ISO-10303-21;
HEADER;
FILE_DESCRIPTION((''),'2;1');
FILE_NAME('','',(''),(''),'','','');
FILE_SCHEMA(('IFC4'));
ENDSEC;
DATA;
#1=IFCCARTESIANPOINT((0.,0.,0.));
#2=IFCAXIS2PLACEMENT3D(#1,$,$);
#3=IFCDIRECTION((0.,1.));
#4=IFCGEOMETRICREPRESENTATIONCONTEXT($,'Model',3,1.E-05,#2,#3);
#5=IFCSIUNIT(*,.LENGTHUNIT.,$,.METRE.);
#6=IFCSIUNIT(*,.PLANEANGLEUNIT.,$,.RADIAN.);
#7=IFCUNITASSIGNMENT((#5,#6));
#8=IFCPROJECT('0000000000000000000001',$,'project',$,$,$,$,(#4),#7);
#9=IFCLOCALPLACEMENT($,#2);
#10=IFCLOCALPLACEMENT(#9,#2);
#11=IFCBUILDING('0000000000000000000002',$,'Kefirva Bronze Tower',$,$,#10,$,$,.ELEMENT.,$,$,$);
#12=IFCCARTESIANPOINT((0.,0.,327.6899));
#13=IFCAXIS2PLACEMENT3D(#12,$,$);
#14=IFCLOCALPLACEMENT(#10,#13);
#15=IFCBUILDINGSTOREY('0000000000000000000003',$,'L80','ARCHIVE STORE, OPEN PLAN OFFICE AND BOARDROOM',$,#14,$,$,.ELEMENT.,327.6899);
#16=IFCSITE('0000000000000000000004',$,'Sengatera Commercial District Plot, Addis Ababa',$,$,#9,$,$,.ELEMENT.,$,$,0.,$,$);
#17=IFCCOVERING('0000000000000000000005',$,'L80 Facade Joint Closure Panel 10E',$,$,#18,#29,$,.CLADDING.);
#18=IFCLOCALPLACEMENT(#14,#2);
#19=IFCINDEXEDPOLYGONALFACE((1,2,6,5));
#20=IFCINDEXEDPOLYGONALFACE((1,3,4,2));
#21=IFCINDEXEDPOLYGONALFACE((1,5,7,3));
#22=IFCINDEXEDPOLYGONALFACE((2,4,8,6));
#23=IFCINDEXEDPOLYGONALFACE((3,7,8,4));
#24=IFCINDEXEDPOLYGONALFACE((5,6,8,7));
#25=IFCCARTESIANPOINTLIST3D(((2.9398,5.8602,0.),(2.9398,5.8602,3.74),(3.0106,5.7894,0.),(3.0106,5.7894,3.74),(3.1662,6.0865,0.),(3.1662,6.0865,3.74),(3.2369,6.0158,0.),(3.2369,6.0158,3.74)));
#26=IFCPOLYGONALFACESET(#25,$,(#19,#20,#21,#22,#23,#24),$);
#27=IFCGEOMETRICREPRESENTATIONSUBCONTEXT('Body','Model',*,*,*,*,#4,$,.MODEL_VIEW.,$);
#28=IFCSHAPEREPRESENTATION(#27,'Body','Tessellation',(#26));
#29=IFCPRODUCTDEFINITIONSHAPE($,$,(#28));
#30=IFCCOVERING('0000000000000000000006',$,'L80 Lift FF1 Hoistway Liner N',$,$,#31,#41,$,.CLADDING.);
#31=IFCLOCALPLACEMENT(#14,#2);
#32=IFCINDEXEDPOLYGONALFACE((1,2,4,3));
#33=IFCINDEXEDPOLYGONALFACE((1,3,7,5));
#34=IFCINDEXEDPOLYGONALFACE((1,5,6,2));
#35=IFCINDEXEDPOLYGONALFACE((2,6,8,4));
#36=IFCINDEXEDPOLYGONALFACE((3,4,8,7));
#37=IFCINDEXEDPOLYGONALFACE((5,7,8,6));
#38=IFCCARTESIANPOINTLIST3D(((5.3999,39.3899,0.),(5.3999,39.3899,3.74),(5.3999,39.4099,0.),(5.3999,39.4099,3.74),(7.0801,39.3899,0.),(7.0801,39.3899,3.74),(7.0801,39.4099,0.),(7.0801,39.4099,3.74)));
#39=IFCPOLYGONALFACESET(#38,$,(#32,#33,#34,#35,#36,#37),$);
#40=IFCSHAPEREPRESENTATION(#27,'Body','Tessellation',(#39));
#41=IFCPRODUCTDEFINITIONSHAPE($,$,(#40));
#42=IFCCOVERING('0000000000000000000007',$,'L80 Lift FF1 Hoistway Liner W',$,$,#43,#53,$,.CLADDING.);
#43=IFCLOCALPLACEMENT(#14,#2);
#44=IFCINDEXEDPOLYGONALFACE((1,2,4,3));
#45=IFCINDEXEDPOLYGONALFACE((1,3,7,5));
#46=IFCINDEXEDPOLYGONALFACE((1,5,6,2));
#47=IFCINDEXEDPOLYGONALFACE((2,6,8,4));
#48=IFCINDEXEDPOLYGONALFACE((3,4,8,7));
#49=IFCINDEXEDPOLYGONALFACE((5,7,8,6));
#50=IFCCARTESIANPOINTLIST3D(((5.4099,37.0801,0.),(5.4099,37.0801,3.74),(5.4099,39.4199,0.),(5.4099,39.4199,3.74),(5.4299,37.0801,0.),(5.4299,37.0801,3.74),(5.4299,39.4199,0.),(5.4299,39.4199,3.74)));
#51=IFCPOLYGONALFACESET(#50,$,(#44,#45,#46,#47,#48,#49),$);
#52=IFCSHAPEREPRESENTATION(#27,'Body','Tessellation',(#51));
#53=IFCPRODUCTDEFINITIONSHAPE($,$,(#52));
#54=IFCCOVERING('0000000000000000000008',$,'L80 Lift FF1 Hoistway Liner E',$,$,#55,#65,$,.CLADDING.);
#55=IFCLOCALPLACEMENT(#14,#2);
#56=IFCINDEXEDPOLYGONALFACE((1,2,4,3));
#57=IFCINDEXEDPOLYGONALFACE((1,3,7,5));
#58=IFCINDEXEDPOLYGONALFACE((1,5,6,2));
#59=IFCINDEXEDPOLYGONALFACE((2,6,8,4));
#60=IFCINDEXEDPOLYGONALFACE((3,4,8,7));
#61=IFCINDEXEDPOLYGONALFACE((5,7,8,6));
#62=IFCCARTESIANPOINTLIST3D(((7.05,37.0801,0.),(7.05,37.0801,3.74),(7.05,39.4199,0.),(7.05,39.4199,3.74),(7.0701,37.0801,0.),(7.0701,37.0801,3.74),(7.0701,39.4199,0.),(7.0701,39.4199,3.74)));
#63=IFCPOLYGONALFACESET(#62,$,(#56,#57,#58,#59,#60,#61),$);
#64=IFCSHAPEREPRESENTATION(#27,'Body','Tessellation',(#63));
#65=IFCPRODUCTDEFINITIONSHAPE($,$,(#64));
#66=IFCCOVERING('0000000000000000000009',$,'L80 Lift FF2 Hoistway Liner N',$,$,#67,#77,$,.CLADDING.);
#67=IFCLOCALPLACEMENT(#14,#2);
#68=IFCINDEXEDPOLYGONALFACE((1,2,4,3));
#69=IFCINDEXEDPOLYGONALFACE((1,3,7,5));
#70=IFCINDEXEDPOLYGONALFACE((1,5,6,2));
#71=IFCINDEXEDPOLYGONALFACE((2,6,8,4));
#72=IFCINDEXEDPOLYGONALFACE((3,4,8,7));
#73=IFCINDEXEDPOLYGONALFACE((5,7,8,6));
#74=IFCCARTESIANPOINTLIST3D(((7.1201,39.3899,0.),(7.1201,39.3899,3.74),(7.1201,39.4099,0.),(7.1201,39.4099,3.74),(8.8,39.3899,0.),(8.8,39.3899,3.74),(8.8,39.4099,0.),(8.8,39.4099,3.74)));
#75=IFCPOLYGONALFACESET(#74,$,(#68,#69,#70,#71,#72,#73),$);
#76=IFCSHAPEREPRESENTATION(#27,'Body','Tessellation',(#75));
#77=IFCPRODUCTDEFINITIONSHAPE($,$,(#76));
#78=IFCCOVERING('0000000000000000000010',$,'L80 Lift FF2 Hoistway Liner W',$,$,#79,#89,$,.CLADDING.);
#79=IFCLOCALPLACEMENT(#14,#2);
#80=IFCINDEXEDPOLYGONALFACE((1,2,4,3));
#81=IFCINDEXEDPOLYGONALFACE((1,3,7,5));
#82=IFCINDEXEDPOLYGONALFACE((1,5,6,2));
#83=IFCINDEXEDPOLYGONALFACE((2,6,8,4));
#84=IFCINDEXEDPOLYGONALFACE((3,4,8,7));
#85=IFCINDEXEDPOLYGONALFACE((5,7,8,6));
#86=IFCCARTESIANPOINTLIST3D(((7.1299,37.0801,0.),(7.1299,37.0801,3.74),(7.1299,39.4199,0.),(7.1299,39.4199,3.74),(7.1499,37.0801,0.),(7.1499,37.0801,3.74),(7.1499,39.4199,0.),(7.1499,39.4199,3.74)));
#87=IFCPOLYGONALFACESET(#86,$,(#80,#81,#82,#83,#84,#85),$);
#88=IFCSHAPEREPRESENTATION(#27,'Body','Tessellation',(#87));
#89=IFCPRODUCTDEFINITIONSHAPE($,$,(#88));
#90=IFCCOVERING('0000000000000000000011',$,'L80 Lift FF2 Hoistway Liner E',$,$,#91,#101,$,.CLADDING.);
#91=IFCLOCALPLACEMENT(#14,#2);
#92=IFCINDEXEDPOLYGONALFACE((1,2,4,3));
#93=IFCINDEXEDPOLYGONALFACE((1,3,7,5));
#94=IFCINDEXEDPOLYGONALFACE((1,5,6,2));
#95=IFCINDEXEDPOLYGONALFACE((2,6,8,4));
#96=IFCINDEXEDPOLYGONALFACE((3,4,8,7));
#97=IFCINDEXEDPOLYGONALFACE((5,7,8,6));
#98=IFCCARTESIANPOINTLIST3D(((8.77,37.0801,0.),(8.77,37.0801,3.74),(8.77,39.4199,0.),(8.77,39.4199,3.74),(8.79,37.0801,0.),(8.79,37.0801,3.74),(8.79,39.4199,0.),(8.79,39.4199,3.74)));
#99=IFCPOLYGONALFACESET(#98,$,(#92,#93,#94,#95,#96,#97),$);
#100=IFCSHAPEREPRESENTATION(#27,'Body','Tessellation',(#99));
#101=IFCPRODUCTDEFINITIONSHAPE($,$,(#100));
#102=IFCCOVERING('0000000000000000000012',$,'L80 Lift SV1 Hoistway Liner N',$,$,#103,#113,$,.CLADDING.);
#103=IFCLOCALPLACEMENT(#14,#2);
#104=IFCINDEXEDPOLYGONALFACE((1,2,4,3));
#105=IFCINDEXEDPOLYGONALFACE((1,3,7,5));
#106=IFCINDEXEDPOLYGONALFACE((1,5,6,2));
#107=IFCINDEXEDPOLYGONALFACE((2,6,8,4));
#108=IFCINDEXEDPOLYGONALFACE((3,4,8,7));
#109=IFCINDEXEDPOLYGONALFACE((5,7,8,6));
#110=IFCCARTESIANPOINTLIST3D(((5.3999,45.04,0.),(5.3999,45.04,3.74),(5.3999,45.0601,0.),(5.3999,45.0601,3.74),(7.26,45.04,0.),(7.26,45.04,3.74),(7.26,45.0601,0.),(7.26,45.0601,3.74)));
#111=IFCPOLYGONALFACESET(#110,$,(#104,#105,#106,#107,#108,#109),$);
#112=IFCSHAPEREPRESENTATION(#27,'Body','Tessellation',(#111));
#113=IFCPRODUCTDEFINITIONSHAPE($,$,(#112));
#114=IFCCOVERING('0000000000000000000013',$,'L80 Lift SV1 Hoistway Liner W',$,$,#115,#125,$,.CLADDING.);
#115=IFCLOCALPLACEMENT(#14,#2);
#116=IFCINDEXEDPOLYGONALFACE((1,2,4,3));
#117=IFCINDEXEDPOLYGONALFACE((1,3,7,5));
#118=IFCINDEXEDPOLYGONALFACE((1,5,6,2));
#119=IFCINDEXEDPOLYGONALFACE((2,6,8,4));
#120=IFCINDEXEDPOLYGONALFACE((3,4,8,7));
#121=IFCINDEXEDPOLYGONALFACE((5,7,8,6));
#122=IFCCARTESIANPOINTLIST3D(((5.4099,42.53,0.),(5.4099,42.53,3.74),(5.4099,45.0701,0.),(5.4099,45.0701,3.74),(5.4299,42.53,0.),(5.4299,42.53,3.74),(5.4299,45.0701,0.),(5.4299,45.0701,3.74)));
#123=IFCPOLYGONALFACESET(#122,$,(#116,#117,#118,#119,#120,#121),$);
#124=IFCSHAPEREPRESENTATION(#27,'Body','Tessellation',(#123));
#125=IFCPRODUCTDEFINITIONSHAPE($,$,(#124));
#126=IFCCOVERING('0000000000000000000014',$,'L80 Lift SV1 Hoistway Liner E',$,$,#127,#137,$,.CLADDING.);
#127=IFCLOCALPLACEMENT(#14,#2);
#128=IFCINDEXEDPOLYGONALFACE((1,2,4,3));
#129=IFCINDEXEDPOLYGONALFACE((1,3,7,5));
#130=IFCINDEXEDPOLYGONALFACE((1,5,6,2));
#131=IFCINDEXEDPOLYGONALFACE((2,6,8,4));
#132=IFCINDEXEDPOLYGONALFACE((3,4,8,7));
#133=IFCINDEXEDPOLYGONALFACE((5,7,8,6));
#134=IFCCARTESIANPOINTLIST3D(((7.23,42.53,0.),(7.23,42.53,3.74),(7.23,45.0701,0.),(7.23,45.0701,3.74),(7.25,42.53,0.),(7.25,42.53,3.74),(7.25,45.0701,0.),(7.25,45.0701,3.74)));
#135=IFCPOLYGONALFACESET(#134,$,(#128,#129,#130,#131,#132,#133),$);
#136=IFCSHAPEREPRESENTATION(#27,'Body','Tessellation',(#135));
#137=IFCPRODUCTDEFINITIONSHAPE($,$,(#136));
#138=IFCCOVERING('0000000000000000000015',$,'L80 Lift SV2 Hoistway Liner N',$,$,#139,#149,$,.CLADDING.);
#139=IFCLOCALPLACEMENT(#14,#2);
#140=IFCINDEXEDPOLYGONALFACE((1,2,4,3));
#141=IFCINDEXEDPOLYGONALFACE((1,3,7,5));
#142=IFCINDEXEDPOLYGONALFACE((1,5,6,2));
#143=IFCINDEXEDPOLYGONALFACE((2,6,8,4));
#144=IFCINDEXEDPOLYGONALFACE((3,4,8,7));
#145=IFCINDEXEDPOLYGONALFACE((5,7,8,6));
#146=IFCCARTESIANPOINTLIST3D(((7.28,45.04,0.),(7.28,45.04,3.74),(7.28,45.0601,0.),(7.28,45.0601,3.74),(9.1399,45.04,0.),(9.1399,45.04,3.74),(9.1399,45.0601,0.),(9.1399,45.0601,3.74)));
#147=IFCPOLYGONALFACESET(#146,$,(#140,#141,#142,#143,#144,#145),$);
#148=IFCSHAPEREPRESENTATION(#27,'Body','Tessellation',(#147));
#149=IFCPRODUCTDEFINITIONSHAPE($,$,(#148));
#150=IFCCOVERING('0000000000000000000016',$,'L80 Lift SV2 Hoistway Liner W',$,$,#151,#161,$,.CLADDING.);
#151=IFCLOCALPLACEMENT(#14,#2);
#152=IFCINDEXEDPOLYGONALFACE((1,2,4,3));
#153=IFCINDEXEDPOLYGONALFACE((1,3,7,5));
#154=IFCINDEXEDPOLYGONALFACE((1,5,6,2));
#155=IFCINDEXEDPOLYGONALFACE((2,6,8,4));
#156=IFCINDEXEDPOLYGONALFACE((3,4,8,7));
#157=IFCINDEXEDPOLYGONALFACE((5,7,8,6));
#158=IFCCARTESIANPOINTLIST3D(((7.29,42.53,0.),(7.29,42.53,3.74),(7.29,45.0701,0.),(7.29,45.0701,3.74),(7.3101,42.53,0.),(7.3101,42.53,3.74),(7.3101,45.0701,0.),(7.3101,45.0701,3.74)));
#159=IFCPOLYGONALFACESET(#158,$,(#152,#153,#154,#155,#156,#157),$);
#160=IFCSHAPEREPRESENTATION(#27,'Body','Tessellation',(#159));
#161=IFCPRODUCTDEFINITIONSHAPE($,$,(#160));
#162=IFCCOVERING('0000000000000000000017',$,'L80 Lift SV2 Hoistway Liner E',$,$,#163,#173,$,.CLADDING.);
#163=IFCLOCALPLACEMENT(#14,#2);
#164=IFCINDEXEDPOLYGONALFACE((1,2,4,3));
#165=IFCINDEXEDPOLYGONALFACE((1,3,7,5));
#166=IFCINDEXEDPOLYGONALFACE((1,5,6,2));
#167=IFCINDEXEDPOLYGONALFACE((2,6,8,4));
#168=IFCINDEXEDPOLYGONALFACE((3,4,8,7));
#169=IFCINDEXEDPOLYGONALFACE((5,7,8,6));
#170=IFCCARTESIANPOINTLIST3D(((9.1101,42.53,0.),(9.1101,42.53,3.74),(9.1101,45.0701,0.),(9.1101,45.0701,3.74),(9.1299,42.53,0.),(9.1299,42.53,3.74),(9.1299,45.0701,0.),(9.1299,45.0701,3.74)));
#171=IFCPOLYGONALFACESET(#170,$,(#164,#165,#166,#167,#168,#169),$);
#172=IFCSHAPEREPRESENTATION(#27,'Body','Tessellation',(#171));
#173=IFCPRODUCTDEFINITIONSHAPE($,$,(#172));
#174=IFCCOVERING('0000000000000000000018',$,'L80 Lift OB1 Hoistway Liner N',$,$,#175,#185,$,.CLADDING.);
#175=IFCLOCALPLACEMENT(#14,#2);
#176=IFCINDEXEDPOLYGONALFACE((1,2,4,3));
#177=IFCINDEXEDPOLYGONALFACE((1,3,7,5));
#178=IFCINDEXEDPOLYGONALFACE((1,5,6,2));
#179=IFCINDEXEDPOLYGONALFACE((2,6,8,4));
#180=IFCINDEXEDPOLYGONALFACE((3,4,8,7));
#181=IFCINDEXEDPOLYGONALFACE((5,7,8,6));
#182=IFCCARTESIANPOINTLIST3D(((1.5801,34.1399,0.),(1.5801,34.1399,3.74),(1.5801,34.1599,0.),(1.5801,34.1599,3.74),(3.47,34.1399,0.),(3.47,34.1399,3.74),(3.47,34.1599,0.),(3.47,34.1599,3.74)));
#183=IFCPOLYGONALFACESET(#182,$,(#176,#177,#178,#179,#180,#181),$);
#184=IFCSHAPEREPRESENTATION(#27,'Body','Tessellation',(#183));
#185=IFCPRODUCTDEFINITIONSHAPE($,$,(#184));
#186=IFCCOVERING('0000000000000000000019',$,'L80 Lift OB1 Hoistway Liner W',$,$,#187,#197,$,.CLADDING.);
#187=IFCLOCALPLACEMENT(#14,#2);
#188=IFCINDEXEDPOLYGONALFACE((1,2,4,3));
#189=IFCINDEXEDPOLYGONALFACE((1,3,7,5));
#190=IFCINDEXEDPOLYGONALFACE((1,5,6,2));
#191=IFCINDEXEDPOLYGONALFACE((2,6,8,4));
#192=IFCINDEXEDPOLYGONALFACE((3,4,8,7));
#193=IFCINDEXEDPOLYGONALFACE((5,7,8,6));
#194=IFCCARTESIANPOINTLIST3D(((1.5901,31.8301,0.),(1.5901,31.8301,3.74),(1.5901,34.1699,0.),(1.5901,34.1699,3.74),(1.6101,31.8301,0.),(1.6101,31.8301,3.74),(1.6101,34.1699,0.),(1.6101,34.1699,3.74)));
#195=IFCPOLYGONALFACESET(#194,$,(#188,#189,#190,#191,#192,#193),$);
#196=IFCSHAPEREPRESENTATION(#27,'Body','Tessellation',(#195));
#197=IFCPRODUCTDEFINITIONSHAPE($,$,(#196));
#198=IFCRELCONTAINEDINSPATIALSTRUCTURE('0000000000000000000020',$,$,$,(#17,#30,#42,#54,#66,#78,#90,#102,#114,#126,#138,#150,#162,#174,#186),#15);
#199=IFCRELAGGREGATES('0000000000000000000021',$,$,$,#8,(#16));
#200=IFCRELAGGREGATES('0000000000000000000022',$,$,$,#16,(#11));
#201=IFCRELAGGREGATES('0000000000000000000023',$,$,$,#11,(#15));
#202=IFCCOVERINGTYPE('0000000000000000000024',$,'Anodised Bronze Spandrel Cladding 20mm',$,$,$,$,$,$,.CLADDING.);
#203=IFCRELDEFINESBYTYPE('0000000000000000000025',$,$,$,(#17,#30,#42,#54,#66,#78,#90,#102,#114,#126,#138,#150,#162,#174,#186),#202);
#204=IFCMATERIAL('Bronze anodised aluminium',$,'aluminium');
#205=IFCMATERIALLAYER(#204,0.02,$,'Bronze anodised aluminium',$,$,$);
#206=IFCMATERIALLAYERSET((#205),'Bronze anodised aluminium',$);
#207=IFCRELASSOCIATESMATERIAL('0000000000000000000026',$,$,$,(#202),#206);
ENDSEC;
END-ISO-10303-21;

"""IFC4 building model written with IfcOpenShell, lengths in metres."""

from ifc_helpers import new_model, si_unit, direction, frame, origin, origin_2d, place, context, subcontext, project, spatial, polyline, rectangle, outline, extrude, material, layer, layer_set, type_object, element, save


model = new_model("IFC4")

# Units and contexts
model_context = context("Model", 3, precision=1e-05, world=origin(), true_north=direction((0.0, 1.0)))
body_context = subcontext(model_context, "Body", "Model", "MODEL_VIEW")
ifc_project = project(units=[si_unit("LENGTHUNIT", "METRE"), si_unit("PLANEANGLEUNIT", "RADIAN")], contexts=[model_context])

# Site, building, storey
site_placement = place(None, origin())
site = spatial("IfcSite", under=ifc_project, at=site_placement, Name="Sengatera Commercial District Plot, Addis Ababa", CompositionType="ELEMENT", RefElevation=0.0)
building_placement = place(site_placement, origin())
building = spatial("IfcBuilding", under=site, at=building_placement, Name="Kefirva Bronze Tower", CompositionType="ELEMENT")
storey_placement = place(building_placement, frame((0.0, 0.0, 327.6899)))
storey = spatial("IfcBuildingStorey", under=building, at=storey_placement, Name="L80", Description="ARCHIVE STORE, OPEN PLAN OFFICE AND BOARDROOM", CompositionType="ELEMENT", Elevation=327.6899)

# Coverings
ifc_material_1 = material(Name="Bronze anodised aluminium", Category="aluminium")
ifc_layer_1 = layer(ifc_material_1, 0.02, Name="Bronze anodised aluminium")
ifc_layer_set_1 = layer_set([ifc_layer_1], Name="Bronze anodised aluminium")
covering_type_1 = type_object("IfcCoveringType", Name="Anodised Bronze Spandrel Cladding 20mm", PredefinedType="CLADDING", material=ifc_layer_set_1)
covering_1_placement = place(storey_placement, frame((3.0884, 5.938, 0.0), z_axis=(0.0, 0.0, 1.0), x_axis=(0.707107, -0.707107, 0.0)))
element("IfcCovering", 1, at=covering_1_placement, inside=storey, type_object=covering_type_1, Name="L80 Facade Joint Closure Panel 10E", PredefinedType="CLADDING", context=body_context, shape_type="SweptSolid", body=[
    extrude(rectangle(XDim=0.1001, YDim=0.3201, at=origin_2d()), origin(), (0.0, 0.0, 1.0), 3.74),
])
covering_2_placement = place(storey_placement, origin())
element("IfcCovering", 2, at=covering_2_placement, inside=storey, type_object=covering_type_1, Name="L80 Lift FF1 Hoistway Liner N", PredefinedType="CLADDING", context=body_context, shape_type="SweptSolid", body=[
    extrude(outline(polyline([(5.3999, 39.3899), (7.0801, 39.3899), (7.0801, 39.4099), (5.3999, 39.4099), (5.3999, 39.3899)])), origin(), (0.0, 0.0, 1.0), 3.74),
])
covering_3_placement = place(storey_placement, origin())
element("IfcCovering", 3, at=covering_3_placement, inside=storey, type_object=covering_type_1, Name="L80 Lift FF1 Hoistway Liner W", PredefinedType="CLADDING", context=body_context, shape_type="SweptSolid", body=[
    extrude(outline(polyline([(5.4099, 37.0801), (5.4299, 37.0801), (5.4299, 39.4199), (5.4099, 39.4199), (5.4099, 37.0801)])), origin(), (0.0, 0.0, 1.0), 3.74),
])
covering_4_placement = place(storey_placement, origin())
element("IfcCovering", 4, at=covering_4_placement, inside=storey, type_object=covering_type_1, Name="L80 Lift FF1 Hoistway Liner E", PredefinedType="CLADDING", context=body_context, shape_type="SweptSolid", body=[
    extrude(outline(polyline([(7.05, 37.0801), (7.0701, 37.0801), (7.0701, 39.4199), (7.05, 39.4199), (7.05, 37.0801)])), origin(), (0.0, 0.0, 1.0), 3.74),
])
covering_5_placement = place(storey_placement, origin())
element("IfcCovering", 5, at=covering_5_placement, inside=storey, type_object=covering_type_1, Name="L80 Lift FF2 Hoistway Liner N", PredefinedType="CLADDING", context=body_context, shape_type="SweptSolid", body=[
    extrude(outline(polyline([(7.1201, 39.3899), (8.8, 39.3899), (8.8, 39.4099), (7.1201, 39.4099), (7.1201, 39.3899)])), origin(), (0.0, 0.0, 1.0), 3.74),
])
covering_6_placement = place(storey_placement, origin())
element("IfcCovering", 6, at=covering_6_placement, inside=storey, type_object=covering_type_1, Name="L80 Lift FF2 Hoistway Liner W", PredefinedType="CLADDING", context=body_context, shape_type="SweptSolid", body=[
    extrude(outline(polyline([(7.1299, 37.0801), (7.1499, 37.0801), (7.1499, 39.4199), (7.1299, 39.4199), (7.1299, 37.0801)])), origin(), (0.0, 0.0, 1.0), 3.74),
])
covering_7_placement = place(storey_placement, origin())
element("IfcCovering", 7, at=covering_7_placement, inside=storey, type_object=covering_type_1, Name="L80 Lift FF2 Hoistway Liner E", PredefinedType="CLADDING", context=body_context, shape_type="SweptSolid", body=[
    extrude(outline(polyline([(8.77, 37.0801), (8.79, 37.0801), (8.79, 39.4199), (8.77, 39.4199), (8.77, 37.0801)])), origin(), (0.0, 0.0, 1.0), 3.74),
])
covering_8_placement = place(storey_placement, origin())
element("IfcCovering", 8, at=covering_8_placement, inside=storey, type_object=covering_type_1, Name="L80 Lift SV1 Hoistway Liner N", PredefinedType="CLADDING", context=body_context, shape_type="SweptSolid", body=[
    extrude(outline(polyline([(5.3999, 45.04), (7.26, 45.04), (7.26, 45.0601), (5.3999, 45.0601), (5.3999, 45.04)])), origin(), (0.0, 0.0, 1.0), 3.74),
])
covering_9_placement = place(storey_placement, origin())
element("IfcCovering", 9, at=covering_9_placement, inside=storey, type_object=covering_type_1, Name="L80 Lift SV1 Hoistway Liner W", PredefinedType="CLADDING", context=body_context, shape_type="SweptSolid", body=[
    extrude(outline(polyline([(5.4099, 42.53), (5.4299, 42.53), (5.4299, 45.0701), (5.4099, 45.0701), (5.4099, 42.53)])), origin(), (0.0, 0.0, 1.0), 3.74),
])
covering_10_placement = place(storey_placement, origin())
element("IfcCovering", 10, at=covering_10_placement, inside=storey, type_object=covering_type_1, Name="L80 Lift SV1 Hoistway Liner E", PredefinedType="CLADDING", context=body_context, shape_type="SweptSolid", body=[
    extrude(outline(polyline([(7.23, 42.53), (7.25, 42.53), (7.25, 45.0701), (7.23, 45.0701), (7.23, 42.53)])), origin(), (0.0, 0.0, 1.0), 3.74),
])
covering_11_placement = place(storey_placement, origin())
element("IfcCovering", 11, at=covering_11_placement, inside=storey, type_object=covering_type_1, Name="L80 Lift SV2 Hoistway Liner N", PredefinedType="CLADDING", context=body_context, shape_type="SweptSolid", body=[
    extrude(outline(polyline([(7.28, 45.04), (9.1399, 45.04), (9.1399, 45.0601), (7.28, 45.0601), (7.28, 45.04)])), origin(), (0.0, 0.0, 1.0), 3.74),
])
covering_12_placement = place(storey_placement, origin())
element("IfcCovering", 12, at=covering_12_placement, inside=storey, type_object=covering_type_1, Name="L80 Lift SV2 Hoistway Liner W", PredefinedType="CLADDING", context=body_context, shape_type="SweptSolid", body=[
    extrude(outline(polyline([(7.29, 42.53), (7.3101, 42.53), (7.3101, 45.0701), (7.29, 45.0701), (7.29, 42.53)])), origin(), (0.0, 0.0, 1.0), 3.74),
])
covering_13_placement = place(storey_placement, origin())
element("IfcCovering", 13, at=covering_13_placement, inside=storey, type_object=covering_type_1, Name="L80 Lift SV2 Hoistway Liner E", PredefinedType="CLADDING", context=body_context, shape_type="SweptSolid", body=[
    extrude(outline(polyline([(9.1101, 42.53), (9.1299, 42.53), (9.1299, 45.0701), (9.1101, 45.0701), (9.1101, 42.53)])), origin(), (0.0, 0.0, 1.0), 3.74),
])
covering_14_placement = place(storey_placement, origin())
element("IfcCovering", 14, at=covering_14_placement, inside=storey, type_object=covering_type_1, Name="L80 Lift OB1 Hoistway Liner N", PredefinedType="CLADDING", context=body_context, shape_type="SweptSolid", body=[
    extrude(outline(polyline([(1.5801, 34.1399), (3.47, 34.1399), (3.47, 34.1599), (1.5801, 34.1599), (1.5801, 34.1399)])), origin(), (0.0, 0.0, 1.0), 3.74),
])
covering_15_placement = place(storey_placement, origin())
element("IfcCovering", 15, at=covering_15_placement, inside=storey, type_object=covering_type_1, Name="L80 Lift OB1 Hoistway Liner W", PredefinedType="CLADDING", context=body_context, shape_type="SweptSolid", body=[
    extrude(outline(polyline([(1.5901, 31.8301), (1.6101, 31.8301), (1.6101, 34.1699), (1.5901, 34.1699), (1.5901, 31.8301)])), origin(), (0.0, 0.0, 1.0), 3.74),
])

save(model, "model.ifc")
